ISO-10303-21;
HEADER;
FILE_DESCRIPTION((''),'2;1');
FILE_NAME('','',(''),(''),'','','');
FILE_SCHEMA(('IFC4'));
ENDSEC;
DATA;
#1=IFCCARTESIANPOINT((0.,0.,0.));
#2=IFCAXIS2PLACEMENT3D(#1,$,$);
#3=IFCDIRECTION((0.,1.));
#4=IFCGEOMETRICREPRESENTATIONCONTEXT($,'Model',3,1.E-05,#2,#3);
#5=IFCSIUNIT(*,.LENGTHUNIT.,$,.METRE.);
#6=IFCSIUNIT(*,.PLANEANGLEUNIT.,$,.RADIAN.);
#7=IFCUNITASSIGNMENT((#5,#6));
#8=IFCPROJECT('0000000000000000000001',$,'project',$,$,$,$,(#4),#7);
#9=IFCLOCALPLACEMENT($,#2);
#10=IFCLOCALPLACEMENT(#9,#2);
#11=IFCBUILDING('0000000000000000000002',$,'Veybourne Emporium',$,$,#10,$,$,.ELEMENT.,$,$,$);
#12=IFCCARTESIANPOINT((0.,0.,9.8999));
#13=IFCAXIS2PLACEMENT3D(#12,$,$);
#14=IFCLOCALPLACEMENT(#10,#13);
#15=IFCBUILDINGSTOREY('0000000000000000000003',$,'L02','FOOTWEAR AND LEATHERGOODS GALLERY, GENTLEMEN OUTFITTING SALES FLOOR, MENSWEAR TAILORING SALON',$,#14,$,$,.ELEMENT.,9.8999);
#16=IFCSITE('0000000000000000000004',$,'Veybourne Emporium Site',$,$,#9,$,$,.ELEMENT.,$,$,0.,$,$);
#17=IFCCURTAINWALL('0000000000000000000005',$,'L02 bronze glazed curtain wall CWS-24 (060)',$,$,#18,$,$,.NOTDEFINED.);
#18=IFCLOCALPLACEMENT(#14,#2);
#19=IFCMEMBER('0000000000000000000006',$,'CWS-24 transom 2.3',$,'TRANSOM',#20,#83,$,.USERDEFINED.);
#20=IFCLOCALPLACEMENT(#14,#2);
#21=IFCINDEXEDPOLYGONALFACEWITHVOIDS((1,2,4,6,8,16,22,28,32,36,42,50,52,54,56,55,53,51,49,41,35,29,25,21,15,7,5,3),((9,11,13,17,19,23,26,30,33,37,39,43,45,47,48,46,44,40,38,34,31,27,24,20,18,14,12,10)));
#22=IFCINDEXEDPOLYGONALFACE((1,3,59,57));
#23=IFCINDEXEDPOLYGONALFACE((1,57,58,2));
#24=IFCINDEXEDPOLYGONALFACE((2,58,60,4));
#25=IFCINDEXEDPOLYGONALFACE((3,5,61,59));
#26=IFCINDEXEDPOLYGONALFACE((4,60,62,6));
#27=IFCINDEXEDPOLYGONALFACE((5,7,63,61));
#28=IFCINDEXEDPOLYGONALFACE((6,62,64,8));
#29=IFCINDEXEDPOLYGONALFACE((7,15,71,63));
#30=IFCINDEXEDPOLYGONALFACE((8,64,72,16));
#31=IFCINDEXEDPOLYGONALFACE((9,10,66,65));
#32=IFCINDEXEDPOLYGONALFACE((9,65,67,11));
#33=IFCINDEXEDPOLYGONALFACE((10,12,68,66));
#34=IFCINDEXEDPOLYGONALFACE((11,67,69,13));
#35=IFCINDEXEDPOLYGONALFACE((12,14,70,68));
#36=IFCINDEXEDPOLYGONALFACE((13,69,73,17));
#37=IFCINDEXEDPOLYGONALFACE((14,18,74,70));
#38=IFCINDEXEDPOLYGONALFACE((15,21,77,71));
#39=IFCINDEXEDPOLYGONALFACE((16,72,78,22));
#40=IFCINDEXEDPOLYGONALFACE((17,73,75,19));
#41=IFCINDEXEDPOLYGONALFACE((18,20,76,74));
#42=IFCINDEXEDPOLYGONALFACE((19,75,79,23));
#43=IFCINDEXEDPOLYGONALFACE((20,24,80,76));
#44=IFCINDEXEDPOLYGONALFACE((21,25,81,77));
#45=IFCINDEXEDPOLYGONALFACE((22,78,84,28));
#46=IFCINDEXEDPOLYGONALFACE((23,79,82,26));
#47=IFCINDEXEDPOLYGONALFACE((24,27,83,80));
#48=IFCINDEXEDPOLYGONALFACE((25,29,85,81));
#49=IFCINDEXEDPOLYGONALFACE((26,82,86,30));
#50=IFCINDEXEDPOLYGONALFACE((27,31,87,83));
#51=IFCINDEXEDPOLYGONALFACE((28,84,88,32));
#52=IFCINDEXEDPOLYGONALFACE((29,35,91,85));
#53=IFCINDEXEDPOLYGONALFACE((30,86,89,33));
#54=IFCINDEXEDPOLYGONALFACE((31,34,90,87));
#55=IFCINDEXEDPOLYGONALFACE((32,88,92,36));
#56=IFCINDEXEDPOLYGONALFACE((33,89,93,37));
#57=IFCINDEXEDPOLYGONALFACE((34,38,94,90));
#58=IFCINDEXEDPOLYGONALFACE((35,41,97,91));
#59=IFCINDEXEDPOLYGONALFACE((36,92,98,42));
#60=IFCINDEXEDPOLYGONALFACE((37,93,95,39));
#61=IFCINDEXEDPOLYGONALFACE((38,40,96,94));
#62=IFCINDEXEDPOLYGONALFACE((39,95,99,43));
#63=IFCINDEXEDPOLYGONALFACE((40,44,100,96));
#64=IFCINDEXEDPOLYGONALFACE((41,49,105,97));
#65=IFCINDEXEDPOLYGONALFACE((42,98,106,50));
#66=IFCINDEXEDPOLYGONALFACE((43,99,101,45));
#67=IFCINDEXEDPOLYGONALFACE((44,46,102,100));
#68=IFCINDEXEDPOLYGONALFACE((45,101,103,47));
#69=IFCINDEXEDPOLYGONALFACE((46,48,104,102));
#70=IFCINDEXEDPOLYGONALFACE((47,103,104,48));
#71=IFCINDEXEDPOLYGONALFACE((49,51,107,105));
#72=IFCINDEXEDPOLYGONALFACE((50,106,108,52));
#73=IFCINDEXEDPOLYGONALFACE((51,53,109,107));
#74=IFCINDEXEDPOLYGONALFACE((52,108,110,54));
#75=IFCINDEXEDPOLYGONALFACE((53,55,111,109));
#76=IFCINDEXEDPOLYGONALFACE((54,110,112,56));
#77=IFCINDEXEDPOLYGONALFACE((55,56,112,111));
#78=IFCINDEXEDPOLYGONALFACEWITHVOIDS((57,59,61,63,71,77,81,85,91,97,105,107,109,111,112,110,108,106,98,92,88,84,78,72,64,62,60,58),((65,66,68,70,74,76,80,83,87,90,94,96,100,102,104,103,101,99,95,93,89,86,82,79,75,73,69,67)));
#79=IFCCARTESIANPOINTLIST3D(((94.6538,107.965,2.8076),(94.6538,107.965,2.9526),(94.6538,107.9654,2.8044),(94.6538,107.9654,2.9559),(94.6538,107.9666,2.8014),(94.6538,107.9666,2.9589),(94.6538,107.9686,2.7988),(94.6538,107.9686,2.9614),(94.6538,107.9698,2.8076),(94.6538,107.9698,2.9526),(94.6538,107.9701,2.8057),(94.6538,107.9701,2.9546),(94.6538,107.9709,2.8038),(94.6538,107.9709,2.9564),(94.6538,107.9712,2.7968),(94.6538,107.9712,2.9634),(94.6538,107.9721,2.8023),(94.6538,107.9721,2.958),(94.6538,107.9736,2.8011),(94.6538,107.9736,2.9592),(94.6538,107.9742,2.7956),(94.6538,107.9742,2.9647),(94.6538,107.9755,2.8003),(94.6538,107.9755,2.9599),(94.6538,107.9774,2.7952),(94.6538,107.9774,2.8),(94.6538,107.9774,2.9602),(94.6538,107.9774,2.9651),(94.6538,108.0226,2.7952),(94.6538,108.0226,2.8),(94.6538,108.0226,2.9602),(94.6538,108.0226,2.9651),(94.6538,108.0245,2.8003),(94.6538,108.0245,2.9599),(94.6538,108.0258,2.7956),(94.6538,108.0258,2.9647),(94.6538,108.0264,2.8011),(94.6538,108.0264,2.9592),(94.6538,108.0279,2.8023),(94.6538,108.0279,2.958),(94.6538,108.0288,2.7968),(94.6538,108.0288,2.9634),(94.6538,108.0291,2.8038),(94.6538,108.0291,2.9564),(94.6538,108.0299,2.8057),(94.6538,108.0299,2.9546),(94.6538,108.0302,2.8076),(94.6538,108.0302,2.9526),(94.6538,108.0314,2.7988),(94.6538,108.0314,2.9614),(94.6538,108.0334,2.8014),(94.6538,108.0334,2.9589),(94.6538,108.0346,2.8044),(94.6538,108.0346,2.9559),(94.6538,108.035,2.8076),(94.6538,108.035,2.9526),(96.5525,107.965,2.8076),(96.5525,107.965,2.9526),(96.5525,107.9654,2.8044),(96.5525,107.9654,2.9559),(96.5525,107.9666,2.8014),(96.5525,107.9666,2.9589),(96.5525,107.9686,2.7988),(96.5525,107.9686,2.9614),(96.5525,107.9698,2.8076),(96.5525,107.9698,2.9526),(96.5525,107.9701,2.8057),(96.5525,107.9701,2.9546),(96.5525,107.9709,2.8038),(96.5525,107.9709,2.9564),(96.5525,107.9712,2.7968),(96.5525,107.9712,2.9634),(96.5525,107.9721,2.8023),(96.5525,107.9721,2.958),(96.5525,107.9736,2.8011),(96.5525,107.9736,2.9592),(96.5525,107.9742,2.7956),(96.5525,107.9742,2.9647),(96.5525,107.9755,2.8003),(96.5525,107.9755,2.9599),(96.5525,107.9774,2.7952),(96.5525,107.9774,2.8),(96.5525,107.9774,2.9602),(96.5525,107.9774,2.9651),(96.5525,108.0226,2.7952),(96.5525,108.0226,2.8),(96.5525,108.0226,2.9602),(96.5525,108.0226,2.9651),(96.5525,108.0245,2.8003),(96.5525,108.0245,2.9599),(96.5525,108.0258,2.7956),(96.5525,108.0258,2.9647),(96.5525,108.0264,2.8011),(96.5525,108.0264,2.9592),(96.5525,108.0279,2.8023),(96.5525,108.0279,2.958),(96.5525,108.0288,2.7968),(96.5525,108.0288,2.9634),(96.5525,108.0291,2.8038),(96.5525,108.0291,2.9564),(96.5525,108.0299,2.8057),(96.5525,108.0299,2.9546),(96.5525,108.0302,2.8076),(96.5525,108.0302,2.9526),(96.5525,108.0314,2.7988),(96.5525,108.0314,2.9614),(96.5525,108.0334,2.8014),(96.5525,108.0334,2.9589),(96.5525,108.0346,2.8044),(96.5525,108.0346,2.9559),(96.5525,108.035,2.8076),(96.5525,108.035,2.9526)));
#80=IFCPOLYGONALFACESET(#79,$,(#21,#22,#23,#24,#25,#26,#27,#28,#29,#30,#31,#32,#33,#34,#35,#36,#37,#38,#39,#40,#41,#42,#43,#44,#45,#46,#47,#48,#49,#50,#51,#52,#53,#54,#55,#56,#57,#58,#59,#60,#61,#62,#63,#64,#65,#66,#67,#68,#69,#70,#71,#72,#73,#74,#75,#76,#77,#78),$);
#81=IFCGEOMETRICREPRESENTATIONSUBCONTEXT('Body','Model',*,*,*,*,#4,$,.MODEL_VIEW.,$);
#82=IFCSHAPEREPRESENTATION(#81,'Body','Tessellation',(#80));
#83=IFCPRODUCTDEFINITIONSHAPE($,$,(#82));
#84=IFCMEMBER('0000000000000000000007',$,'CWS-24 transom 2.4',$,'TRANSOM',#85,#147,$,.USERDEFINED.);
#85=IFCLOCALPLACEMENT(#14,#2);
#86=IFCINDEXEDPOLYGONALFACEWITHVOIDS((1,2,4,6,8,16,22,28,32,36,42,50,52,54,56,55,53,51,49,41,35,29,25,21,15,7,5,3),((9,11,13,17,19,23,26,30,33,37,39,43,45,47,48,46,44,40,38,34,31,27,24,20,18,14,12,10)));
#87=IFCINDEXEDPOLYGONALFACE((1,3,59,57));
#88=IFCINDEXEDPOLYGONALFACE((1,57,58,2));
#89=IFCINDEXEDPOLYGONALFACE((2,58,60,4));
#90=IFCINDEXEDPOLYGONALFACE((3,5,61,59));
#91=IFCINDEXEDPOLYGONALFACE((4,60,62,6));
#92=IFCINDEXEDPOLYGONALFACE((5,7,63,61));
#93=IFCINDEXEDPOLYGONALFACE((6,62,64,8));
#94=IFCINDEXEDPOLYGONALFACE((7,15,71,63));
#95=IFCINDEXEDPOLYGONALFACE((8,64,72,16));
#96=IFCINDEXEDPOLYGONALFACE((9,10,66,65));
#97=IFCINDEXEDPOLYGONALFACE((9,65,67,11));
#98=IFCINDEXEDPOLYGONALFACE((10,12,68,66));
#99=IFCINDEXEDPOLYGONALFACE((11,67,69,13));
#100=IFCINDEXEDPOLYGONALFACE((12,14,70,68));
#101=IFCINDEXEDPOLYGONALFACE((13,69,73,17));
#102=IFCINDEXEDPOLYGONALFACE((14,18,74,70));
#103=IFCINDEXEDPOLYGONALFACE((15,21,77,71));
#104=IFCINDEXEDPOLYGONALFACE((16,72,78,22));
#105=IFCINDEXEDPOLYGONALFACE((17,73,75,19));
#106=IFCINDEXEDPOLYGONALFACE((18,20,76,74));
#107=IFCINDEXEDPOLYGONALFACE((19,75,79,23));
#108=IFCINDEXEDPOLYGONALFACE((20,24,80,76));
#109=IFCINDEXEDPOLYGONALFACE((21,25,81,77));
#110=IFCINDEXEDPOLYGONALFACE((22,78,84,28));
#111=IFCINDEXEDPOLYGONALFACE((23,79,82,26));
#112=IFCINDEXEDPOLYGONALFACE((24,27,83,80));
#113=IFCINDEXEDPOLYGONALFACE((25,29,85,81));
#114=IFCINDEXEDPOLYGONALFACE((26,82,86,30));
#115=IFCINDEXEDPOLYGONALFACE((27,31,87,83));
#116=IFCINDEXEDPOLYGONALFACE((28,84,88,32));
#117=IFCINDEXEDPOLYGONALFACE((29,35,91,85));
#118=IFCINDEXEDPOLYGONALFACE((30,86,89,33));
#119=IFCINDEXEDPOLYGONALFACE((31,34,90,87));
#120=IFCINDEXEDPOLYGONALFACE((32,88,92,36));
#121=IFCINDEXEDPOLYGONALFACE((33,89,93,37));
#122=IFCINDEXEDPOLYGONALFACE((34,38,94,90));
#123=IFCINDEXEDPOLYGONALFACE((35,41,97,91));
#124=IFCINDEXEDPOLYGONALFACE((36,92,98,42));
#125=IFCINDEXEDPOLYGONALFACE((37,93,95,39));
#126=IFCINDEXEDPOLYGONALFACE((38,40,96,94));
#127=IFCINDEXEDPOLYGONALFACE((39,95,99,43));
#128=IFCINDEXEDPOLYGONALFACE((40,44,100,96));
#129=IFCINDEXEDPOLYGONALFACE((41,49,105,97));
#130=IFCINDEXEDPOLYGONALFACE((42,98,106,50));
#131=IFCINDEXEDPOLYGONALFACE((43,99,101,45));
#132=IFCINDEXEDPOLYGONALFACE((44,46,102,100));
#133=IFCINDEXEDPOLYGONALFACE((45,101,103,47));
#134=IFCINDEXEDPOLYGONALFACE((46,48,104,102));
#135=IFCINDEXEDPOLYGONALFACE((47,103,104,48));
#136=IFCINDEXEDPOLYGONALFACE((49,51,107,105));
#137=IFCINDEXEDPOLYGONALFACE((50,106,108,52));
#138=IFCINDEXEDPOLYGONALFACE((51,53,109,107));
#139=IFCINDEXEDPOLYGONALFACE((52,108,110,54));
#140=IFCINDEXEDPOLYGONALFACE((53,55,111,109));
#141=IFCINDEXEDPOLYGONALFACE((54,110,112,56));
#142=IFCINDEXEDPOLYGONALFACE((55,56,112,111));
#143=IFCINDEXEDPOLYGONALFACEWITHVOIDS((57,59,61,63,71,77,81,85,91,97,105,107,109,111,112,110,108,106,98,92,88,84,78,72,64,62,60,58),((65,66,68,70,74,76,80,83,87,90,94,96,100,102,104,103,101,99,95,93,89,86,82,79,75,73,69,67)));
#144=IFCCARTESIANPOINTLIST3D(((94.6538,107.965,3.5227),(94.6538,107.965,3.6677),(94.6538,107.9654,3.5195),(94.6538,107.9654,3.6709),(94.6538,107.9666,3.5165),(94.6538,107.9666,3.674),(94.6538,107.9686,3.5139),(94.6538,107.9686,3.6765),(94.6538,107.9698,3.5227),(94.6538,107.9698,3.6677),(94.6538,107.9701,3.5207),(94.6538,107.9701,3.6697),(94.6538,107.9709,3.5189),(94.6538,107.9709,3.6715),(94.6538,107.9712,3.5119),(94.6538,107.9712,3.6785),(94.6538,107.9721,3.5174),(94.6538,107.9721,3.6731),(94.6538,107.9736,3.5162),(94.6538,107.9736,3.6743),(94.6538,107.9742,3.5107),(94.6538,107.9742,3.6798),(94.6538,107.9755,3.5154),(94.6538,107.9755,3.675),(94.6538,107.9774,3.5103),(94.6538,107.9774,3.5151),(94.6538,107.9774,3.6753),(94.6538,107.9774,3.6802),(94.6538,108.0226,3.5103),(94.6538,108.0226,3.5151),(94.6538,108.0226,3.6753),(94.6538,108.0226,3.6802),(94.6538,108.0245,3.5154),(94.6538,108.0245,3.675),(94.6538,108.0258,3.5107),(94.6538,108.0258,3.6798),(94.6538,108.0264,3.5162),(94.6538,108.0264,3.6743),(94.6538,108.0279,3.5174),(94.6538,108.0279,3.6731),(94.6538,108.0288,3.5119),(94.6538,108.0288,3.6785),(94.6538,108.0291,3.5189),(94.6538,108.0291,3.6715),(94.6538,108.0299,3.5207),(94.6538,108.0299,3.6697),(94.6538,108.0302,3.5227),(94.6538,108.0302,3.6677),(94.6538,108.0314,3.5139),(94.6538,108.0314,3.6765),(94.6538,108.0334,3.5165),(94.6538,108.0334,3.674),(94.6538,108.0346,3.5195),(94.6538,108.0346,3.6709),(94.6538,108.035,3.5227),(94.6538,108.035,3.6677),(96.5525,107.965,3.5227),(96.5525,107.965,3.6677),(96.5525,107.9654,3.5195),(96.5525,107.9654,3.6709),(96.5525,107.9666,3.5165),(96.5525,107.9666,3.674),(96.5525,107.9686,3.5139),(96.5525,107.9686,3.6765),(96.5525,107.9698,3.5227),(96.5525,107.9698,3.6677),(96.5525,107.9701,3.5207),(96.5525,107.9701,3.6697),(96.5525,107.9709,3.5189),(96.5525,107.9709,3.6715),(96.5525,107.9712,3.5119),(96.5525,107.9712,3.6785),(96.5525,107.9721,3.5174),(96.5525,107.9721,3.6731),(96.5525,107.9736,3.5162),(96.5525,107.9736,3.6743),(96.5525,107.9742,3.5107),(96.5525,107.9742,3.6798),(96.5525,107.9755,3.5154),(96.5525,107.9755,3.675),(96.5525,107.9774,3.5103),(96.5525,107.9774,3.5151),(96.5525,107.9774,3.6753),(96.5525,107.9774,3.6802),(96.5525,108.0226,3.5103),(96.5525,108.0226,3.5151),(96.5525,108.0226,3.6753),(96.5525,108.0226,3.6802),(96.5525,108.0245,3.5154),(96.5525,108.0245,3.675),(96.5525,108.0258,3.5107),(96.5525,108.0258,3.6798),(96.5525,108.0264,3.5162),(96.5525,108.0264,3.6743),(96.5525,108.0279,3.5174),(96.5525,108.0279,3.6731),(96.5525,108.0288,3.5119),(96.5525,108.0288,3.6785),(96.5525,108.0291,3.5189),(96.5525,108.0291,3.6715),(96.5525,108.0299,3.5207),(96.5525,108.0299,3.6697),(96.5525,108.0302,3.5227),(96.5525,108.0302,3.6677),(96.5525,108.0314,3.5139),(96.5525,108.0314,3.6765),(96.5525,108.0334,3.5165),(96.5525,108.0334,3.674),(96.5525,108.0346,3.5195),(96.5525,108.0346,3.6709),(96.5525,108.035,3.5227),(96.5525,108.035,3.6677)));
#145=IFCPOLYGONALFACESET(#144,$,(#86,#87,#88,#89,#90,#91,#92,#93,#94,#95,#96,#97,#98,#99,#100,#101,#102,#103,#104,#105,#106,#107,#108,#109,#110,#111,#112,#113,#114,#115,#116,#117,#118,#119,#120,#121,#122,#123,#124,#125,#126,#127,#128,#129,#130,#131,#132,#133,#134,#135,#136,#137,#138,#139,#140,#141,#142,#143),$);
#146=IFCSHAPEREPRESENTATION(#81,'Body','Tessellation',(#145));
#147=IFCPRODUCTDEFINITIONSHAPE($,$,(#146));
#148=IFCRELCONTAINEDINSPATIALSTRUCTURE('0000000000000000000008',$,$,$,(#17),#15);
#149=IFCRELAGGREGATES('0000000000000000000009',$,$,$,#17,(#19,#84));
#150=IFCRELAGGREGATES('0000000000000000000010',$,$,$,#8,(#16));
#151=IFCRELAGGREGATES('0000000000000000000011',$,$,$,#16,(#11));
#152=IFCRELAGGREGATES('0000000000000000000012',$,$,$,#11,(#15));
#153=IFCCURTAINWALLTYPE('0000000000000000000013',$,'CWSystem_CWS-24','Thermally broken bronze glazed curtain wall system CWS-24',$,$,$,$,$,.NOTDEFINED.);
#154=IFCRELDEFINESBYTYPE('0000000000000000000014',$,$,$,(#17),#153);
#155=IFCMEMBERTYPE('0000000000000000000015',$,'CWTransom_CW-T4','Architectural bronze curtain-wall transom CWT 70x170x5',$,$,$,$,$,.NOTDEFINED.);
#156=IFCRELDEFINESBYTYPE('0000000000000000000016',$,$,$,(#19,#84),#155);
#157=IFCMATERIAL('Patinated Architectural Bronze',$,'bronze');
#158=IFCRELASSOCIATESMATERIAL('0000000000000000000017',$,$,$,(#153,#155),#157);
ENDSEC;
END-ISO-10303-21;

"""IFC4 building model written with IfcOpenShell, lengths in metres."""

from ifc_helpers import new_model, si_unit, direction, frame, origin, origin_2d, place, context, subcontext, project, spatial, hollow_rectangle, extrude, material, material_profile, profile_set, type_object, element, aggregate, save


model = new_model("IFC4")

# Units and contexts
model_context = context("Model", 3, precision=1e-05, world=origin(), true_north=direction((0.0, 1.0)))
body_context = subcontext(model_context, "Body", "Model", "MODEL_VIEW")
ifc_project = project(units=[si_unit("LENGTHUNIT", "METRE"), si_unit("PLANEANGLEUNIT", "RADIAN")], contexts=[model_context])

# Site, building, storey
site_placement = place(None, origin())
site = spatial("IfcSite", under=ifc_project, at=site_placement, Name="Veybourne Emporium Site", CompositionType="ELEMENT", RefElevation=0.0)
building_placement = place(site_placement, origin())
building = spatial("IfcBuilding", under=site, at=building_placement, Name="Veybourne Emporium", CompositionType="ELEMENT")
storey_placement = place(building_placement, frame((0.0, 0.0, 9.8999)))
storey = spatial("IfcBuildingStorey", under=building, at=storey_placement, Name="L02", Description="FOOTWEAR AND LEATHERGOODS GALLERY, GENTLEMEN OUTFITTING SALES FLOOR, MENSWEAR TAILORING SALON", CompositionType="ELEMENT", Elevation=9.8999)

# Curtain wall, members
ifc_material_1 = material(Name="Patinated Architectural Bronze", Category="bronze")
curtain_wall_type = type_object("IfcCurtainWallType", Name="CWSystem_CWS-24", Description="Thermally broken bronze glazed curtain wall system CWS-24", PredefinedType="NOTDEFINED", material=ifc_material_1)
curtain_wall_placement = place(storey_placement, origin())
curtain_wall = element("IfcCurtainWall", 1, at=curtain_wall_placement, inside=storey, type_object=curtain_wall_type, Name="L02 bronze glazed curtain wall CWS-24 (060)", PredefinedType="NOTDEFINED")
ifc_material_profile_1 = material_profile(ifc_material_1, hollow_rectangle(XDim=0.0701, YDim=0.1699, WallThickness=0.0049, InnerFilletRadius=0.0076, OuterFilletRadius=0.0125, at=origin_2d()), Name="CWT 70x170x5")
ifc_profile_set_1 = profile_set([ifc_material_profile_1], Name="Patinated Architectural Bronze")
member_type_1 = type_object("IfcMemberType", Name="CWTransom_CW-T4", Description="Architectural bronze curtain-wall transom CWT 70x170x5", PredefinedType="NOTDEFINED", material=ifc_profile_set_1)
member_1_placement = place(storey_placement, frame((94.6538, 108.0, 2.8801), z_axis=(1.0, 0.0, 0.0), x_axis=(0.0, 1.0, 0.0)))
member_1 = element("IfcMember", 2, at=member_1_placement, type_object=member_type_1, Name="CWS-24 transom 2.3", ObjectType="TRANSOM", PredefinedType="USERDEFINED", context=body_context, shape_type="SweptSolid", body=[
    extrude(hollow_rectangle(XDim=0.0701, YDim=0.1699, WallThickness=0.0049, InnerFilletRadius=0.0076, OuterFilletRadius=0.0125, at=origin_2d()), origin(), (0.0, 0.0, 1.0), 1.8987),
])
member_2_placement = place(storey_placement, frame((94.6538, 108.0, 3.5952), z_axis=(1.0, 0.0, 0.0), x_axis=(0.0, 1.0, 0.0)))
member_2 = element("IfcMember", 3, at=member_2_placement, type_object=member_type_1, Name="CWS-24 transom 2.4", ObjectType="TRANSOM", PredefinedType="USERDEFINED", context=body_context, shape_type="SweptSolid", body=[
    extrude(hollow_rectangle(XDim=0.0701, YDim=0.1699, WallThickness=0.0049, InnerFilletRadius=0.0076, OuterFilletRadius=0.0125, at=origin_2d()), origin(), (0.0, 0.0, 1.0), 1.8987),
])
aggregate(curtain_wall, [member_1, member_2])

save(model, "model.ifc")
